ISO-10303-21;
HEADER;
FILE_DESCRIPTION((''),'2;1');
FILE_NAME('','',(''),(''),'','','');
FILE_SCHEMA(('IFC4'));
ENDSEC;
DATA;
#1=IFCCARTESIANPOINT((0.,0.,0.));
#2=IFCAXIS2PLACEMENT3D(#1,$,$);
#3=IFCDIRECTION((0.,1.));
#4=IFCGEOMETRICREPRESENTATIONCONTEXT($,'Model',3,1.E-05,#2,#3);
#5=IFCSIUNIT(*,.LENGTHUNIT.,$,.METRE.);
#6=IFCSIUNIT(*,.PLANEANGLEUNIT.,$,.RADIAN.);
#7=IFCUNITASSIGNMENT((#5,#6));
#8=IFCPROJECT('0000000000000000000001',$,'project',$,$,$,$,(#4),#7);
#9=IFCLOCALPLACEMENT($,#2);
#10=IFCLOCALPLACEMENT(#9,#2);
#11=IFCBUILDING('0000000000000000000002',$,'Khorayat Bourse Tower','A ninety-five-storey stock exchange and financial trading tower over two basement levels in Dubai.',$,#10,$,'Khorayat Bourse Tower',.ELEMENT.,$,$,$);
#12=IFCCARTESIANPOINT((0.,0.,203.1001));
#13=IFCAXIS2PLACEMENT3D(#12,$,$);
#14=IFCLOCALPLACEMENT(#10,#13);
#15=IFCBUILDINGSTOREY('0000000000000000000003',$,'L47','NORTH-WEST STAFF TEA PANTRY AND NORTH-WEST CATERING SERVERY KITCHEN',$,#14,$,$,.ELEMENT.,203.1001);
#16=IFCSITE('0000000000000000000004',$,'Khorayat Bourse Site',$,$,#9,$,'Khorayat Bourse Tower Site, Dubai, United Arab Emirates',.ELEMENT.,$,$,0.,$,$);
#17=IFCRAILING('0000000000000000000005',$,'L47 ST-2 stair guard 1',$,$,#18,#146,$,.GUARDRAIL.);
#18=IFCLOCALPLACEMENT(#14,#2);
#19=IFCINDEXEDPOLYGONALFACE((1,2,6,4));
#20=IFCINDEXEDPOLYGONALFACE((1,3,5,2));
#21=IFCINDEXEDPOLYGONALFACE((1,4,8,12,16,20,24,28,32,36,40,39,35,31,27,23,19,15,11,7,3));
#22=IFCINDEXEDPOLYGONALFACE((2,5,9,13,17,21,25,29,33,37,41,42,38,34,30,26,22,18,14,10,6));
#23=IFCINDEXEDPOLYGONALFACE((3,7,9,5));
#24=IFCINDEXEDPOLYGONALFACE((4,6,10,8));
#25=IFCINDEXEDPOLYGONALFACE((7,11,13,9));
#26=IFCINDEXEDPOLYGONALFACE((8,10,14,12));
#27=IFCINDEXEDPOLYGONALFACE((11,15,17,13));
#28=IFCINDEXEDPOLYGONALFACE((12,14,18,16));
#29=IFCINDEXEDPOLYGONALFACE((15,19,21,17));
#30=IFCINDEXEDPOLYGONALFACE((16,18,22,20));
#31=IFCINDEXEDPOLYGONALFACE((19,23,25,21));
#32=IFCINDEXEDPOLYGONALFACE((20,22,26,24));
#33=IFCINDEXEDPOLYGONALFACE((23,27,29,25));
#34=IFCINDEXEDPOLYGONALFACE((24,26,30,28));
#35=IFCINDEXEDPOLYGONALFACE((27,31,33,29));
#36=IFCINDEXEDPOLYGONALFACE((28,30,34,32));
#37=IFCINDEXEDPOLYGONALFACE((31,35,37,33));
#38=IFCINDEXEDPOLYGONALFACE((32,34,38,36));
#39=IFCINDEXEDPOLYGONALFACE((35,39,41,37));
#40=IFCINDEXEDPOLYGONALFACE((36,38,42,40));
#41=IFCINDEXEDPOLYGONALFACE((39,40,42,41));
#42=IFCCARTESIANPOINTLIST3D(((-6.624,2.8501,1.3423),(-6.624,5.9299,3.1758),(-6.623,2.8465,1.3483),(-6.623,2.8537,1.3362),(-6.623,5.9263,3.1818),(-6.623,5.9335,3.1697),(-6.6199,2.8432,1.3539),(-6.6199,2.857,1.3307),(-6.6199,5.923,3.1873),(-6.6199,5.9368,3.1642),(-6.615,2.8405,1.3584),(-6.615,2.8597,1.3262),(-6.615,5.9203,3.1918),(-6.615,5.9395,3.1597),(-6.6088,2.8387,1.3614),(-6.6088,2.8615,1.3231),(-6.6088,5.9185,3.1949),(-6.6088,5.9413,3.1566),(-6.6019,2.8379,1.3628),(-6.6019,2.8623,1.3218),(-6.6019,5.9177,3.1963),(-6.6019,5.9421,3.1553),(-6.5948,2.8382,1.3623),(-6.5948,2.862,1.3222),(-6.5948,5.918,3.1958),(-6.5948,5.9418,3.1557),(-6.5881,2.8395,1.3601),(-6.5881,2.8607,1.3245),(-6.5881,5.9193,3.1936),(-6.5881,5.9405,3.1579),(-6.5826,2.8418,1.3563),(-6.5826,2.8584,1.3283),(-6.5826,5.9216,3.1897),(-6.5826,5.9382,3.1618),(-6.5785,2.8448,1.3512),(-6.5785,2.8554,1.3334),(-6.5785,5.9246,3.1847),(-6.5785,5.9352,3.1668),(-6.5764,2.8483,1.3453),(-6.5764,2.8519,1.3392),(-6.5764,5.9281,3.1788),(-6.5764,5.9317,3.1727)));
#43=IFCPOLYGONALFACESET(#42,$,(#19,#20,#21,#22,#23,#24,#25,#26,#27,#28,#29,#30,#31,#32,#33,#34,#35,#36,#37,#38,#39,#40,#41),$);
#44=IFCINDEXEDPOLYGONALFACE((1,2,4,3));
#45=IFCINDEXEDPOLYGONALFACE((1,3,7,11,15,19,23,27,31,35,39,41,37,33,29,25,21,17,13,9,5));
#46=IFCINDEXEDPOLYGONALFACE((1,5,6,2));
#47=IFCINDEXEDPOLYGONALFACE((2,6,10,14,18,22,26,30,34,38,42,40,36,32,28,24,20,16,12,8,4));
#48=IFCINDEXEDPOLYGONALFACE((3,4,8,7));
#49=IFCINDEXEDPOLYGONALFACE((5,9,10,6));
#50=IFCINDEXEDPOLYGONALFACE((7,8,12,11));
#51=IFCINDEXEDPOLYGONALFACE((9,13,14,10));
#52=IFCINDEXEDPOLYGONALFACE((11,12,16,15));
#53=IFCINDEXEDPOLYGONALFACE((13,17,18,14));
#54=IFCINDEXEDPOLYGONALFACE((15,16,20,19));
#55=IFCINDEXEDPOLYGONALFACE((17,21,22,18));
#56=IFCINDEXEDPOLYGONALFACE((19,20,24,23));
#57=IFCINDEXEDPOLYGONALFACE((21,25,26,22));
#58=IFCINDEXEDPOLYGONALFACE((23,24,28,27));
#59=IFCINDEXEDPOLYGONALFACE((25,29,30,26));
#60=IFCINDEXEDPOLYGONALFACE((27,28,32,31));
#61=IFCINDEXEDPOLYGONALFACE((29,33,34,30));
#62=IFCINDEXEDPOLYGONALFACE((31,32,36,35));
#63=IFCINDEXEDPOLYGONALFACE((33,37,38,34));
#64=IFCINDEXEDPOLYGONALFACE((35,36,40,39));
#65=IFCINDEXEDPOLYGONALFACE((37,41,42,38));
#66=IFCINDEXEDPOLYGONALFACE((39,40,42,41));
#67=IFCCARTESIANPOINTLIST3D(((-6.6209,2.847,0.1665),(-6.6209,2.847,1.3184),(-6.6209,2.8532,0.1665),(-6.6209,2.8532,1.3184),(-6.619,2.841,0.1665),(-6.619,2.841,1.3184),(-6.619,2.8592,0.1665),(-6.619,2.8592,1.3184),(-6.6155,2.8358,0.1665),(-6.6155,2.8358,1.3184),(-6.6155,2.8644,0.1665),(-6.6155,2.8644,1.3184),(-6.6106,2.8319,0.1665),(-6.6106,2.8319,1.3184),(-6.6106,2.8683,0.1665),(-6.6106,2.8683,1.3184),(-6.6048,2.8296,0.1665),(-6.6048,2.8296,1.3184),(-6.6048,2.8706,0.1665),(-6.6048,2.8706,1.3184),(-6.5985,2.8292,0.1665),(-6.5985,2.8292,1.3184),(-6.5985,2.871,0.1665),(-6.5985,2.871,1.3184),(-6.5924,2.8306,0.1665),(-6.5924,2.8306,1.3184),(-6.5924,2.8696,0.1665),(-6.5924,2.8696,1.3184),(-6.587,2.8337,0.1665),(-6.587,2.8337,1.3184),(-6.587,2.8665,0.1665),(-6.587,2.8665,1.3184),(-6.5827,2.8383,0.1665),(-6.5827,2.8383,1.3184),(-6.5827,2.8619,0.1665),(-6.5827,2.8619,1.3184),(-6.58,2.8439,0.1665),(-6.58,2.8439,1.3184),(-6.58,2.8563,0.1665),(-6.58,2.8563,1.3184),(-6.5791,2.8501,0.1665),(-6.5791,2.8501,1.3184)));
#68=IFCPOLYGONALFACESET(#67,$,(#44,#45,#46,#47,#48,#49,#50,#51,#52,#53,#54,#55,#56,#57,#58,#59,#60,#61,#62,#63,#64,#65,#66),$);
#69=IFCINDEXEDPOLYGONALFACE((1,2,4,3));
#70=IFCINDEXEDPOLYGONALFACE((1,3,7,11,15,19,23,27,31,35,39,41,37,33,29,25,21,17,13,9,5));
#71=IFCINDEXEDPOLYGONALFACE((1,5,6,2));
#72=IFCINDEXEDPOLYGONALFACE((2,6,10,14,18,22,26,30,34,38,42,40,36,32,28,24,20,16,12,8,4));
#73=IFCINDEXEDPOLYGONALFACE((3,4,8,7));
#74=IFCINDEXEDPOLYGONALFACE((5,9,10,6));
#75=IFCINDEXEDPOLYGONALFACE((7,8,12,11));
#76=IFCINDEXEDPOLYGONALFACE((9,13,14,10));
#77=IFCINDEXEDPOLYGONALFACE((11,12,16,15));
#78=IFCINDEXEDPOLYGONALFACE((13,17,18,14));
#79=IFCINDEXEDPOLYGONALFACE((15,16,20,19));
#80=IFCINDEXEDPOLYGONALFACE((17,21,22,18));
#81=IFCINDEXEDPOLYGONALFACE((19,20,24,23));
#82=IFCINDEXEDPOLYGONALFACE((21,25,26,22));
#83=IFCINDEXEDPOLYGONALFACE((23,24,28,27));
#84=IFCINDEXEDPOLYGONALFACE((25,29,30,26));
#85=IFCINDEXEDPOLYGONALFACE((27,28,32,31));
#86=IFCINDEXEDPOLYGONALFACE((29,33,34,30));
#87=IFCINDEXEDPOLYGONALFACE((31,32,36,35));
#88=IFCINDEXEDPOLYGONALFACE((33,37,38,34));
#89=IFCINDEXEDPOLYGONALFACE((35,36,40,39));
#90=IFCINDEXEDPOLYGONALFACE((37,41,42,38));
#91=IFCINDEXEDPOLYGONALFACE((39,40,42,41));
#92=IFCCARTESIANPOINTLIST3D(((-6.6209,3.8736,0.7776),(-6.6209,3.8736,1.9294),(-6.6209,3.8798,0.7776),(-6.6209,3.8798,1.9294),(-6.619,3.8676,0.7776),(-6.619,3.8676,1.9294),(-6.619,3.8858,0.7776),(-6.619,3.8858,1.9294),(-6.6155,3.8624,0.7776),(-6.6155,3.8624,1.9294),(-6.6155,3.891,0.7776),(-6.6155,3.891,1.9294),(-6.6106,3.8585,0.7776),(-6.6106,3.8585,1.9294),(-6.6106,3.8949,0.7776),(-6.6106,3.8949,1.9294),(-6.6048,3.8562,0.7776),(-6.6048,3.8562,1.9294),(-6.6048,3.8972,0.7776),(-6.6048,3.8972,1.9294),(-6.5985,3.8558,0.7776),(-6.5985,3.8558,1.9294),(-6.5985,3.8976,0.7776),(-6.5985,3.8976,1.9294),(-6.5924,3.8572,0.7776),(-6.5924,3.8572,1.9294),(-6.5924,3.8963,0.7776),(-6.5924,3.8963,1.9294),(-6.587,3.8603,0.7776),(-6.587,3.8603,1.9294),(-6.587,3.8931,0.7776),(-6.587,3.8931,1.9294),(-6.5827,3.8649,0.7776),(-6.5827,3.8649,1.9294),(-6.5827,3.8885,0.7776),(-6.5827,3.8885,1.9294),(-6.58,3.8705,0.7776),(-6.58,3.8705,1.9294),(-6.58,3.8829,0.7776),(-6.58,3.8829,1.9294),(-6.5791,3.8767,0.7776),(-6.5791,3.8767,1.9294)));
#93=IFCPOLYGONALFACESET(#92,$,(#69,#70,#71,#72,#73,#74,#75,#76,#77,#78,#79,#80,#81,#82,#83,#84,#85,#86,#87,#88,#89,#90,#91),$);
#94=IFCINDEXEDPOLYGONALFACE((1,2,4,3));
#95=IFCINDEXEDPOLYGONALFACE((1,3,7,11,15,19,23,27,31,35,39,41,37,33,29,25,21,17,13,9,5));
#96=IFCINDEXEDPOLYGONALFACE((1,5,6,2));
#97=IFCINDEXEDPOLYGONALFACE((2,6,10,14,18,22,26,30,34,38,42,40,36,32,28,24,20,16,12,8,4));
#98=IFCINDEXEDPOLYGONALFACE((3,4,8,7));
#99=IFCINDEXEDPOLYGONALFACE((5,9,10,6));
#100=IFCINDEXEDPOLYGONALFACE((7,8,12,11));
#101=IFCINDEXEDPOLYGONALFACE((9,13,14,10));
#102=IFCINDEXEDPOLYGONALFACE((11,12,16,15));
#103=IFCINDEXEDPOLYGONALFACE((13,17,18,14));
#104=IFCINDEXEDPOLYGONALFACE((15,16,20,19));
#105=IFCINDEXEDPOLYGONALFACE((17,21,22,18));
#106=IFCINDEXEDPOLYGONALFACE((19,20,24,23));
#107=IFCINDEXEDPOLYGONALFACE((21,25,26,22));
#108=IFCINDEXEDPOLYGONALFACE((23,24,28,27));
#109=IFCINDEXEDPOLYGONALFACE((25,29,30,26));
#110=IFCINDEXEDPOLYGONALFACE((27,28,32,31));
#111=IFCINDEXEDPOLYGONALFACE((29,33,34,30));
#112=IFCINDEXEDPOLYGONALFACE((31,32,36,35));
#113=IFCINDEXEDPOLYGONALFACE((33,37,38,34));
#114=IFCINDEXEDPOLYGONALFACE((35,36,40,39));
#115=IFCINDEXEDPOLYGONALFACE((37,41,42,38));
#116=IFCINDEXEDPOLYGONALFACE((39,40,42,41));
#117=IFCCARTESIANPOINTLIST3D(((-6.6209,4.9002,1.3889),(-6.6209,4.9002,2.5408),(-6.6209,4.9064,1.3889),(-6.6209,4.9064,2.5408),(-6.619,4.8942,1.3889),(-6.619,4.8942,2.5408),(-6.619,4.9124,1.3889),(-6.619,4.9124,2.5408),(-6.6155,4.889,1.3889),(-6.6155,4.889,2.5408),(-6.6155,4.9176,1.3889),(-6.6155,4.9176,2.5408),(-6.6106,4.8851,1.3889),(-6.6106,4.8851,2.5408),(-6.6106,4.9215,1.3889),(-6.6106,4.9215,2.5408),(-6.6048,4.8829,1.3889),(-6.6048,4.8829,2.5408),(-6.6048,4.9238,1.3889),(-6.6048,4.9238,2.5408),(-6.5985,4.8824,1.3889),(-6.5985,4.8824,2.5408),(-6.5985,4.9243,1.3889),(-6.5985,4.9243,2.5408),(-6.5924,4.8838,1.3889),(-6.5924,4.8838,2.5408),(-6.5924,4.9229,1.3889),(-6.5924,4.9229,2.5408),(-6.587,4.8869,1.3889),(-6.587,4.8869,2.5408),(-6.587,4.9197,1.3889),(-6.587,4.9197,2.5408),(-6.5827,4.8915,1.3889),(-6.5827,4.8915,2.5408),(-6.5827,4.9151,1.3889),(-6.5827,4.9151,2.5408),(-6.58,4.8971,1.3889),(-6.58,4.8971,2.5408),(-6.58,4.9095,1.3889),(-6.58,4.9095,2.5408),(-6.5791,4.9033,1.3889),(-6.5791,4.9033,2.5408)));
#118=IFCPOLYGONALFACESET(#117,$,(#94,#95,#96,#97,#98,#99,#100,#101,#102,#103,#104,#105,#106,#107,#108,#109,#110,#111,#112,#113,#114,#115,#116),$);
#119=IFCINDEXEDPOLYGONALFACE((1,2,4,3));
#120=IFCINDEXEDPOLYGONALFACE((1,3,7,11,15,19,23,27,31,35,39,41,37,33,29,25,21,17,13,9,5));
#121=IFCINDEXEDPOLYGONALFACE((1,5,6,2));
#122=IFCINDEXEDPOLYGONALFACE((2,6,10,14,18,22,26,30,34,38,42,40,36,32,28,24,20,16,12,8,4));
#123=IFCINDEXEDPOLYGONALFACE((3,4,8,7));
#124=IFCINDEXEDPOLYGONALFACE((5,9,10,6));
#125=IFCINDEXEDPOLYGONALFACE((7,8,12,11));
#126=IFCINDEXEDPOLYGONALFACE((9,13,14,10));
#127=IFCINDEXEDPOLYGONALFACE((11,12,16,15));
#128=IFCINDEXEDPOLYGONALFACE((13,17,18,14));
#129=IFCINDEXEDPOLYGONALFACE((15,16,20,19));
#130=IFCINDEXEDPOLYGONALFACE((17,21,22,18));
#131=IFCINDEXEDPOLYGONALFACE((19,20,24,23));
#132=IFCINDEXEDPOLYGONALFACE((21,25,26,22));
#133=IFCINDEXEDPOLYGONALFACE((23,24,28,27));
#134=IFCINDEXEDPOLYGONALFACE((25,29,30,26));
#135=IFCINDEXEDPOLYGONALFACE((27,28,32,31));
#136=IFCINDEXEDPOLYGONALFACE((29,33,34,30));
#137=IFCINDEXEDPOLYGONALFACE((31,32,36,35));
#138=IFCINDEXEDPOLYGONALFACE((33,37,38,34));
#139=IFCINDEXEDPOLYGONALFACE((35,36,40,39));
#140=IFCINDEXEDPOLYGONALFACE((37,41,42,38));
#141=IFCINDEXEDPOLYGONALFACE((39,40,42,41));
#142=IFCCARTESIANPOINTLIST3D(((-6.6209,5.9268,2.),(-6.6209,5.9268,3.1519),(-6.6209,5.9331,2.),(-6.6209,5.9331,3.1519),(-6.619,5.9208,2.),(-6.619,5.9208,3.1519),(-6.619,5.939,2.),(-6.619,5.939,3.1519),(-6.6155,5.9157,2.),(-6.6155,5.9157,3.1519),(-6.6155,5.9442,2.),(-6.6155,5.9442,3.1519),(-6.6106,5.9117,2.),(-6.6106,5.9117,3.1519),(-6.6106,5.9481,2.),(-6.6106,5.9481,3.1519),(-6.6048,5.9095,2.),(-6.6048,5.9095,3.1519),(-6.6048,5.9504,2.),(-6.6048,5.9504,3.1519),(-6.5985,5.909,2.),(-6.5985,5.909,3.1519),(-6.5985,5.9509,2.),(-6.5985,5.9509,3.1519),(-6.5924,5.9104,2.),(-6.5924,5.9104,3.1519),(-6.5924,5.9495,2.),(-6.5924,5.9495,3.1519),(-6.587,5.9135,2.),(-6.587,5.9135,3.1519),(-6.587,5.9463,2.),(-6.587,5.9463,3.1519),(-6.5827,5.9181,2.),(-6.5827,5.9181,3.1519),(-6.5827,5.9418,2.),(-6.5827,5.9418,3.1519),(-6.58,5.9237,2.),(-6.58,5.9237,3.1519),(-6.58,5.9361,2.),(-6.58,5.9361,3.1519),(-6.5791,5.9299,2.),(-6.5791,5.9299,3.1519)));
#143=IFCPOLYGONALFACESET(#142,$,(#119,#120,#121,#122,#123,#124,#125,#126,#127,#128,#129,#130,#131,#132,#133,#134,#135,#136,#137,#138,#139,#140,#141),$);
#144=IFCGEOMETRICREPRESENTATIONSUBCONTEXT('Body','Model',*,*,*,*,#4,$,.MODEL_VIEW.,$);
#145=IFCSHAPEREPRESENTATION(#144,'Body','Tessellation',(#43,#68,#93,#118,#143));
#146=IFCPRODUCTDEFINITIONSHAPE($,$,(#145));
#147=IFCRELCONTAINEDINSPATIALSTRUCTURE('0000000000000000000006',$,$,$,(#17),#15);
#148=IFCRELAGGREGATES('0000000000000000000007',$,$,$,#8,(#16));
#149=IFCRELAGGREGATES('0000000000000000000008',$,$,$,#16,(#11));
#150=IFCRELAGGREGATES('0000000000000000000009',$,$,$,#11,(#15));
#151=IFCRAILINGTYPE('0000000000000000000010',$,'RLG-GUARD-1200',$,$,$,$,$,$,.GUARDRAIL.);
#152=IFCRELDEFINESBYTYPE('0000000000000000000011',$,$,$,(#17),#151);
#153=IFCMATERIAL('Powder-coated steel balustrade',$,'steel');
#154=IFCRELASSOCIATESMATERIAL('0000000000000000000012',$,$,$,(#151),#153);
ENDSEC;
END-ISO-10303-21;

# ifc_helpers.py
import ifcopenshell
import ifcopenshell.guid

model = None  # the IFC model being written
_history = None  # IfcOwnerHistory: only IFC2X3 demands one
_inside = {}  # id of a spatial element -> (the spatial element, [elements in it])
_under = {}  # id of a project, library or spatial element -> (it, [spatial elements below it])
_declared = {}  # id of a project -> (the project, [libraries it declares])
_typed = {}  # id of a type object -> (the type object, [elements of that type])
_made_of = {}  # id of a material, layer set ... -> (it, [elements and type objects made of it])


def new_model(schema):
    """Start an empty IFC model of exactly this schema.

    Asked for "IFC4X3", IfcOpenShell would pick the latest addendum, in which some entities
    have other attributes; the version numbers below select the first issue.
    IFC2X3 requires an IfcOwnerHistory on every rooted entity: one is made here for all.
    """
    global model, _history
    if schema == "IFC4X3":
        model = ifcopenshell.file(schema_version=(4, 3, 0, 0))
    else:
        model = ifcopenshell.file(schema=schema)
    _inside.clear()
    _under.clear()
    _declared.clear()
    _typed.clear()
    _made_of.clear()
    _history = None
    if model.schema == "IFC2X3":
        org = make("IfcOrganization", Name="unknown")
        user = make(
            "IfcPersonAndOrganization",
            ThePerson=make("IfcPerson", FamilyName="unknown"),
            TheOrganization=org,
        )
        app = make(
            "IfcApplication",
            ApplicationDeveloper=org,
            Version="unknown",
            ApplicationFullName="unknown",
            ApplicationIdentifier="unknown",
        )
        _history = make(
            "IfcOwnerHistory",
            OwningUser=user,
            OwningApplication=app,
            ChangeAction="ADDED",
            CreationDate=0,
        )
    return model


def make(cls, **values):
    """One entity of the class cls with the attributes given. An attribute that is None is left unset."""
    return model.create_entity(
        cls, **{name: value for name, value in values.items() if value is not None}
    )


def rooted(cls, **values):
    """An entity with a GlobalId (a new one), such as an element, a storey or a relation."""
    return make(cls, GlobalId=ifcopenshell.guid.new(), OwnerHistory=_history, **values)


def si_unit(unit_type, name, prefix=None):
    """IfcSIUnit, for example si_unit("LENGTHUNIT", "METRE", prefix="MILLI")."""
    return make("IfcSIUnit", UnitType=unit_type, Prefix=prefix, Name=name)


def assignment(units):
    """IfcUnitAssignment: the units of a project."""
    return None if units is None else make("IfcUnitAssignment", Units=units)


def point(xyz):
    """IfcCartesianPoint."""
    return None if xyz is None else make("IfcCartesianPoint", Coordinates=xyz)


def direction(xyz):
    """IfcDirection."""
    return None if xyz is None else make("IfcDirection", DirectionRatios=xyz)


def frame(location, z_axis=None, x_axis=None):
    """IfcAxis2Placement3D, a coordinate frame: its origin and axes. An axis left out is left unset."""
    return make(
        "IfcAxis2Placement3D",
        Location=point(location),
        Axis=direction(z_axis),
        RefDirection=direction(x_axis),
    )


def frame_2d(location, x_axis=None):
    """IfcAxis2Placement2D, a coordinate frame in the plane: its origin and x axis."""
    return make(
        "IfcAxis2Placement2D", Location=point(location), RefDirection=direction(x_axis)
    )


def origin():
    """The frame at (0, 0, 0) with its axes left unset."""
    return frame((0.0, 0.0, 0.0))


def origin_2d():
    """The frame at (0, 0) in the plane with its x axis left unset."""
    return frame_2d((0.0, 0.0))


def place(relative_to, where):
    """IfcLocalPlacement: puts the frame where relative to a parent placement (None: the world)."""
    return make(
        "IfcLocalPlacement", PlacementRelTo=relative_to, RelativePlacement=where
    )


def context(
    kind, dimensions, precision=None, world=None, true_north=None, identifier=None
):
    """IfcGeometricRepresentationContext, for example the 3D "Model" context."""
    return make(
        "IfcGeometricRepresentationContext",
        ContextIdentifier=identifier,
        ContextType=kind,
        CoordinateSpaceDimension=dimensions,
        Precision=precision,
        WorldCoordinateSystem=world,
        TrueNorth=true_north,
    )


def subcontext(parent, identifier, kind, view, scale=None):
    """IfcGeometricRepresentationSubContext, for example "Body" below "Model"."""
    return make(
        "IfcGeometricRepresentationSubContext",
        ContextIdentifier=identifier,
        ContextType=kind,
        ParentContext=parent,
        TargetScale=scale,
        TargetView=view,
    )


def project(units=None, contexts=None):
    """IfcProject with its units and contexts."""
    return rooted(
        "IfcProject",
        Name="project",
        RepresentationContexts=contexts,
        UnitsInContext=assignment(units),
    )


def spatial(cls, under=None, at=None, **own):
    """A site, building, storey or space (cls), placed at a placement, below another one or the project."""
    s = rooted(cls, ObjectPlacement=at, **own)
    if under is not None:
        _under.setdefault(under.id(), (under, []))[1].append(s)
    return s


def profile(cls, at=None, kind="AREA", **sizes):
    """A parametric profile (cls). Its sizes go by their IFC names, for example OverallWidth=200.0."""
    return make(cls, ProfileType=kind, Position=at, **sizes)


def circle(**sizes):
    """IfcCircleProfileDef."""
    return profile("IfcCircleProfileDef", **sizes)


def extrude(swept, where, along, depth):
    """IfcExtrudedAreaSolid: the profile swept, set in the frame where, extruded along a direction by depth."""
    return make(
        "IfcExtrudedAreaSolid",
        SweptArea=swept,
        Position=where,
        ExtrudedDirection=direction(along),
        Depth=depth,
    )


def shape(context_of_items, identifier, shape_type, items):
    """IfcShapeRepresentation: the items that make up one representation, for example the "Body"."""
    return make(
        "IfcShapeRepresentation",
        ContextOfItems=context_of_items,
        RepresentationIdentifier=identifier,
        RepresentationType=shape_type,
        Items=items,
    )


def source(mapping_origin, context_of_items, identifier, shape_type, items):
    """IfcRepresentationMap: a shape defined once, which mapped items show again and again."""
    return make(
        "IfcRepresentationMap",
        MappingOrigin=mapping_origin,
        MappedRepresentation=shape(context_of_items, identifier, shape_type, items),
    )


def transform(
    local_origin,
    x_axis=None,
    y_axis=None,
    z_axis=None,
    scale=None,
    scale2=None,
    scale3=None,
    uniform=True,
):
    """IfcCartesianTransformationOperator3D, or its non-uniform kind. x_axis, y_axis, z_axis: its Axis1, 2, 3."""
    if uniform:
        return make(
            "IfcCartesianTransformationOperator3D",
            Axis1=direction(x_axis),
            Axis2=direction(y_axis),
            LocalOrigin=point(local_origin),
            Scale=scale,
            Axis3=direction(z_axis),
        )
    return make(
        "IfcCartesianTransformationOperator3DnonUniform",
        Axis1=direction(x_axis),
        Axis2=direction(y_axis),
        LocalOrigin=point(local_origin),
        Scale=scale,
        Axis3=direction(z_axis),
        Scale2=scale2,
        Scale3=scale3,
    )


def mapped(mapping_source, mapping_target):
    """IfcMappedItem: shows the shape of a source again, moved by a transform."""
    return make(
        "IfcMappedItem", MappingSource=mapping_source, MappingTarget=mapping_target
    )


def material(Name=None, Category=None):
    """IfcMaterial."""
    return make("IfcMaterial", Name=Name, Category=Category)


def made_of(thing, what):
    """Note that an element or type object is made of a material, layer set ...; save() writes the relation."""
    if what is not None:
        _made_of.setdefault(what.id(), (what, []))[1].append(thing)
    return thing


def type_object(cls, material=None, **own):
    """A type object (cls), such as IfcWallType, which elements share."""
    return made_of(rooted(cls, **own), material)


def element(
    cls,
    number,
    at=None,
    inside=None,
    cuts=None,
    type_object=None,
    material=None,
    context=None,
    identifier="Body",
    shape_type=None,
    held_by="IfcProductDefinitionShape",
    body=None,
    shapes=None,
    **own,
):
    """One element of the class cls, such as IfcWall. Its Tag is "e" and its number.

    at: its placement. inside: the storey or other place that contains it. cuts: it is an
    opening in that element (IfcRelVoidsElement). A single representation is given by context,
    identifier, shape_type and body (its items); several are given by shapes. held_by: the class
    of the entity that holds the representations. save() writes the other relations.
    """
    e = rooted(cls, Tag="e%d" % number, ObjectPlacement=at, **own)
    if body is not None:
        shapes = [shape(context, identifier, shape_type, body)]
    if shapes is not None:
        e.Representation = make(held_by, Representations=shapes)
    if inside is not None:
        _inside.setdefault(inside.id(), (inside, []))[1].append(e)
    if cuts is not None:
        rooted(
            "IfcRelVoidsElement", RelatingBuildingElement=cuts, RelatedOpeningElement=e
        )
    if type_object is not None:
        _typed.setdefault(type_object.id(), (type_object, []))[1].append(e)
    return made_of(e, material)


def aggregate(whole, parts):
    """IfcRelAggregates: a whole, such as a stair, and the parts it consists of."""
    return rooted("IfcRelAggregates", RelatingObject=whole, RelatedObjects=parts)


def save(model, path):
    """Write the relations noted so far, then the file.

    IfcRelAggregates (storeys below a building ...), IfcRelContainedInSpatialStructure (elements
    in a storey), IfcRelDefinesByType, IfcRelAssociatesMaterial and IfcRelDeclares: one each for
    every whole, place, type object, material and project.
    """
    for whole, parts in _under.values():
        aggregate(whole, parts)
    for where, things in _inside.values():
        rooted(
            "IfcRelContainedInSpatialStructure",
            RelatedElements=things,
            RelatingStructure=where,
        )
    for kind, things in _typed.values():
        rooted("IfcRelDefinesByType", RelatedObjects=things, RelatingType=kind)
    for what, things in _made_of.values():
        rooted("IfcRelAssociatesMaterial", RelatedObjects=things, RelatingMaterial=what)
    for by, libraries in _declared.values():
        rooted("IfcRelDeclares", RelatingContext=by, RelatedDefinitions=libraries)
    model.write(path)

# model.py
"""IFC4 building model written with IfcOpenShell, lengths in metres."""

from ifc_helpers import new_model, si_unit, direction, frame, origin, origin_2d, place, context, subcontext, project, spatial, circle, extrude, source, transform, mapped, material, type_object, element, save


model = new_model("IFC4")

# Units and contexts
model_context = context("Model", 3, precision=1e-05, world=origin(), true_north=direction((0.0, 1.0)))
body_context = subcontext(model_context, "Body", "Model", "MODEL_VIEW")
ifc_project = project(units=[si_unit("LENGTHUNIT", "METRE"), si_unit("PLANEANGLEUNIT", "RADIAN")], contexts=[model_context])

# Site, building, storey
site_placement = place(None, origin())
site = spatial("IfcSite", under=ifc_project, at=site_placement, Name="Khorayat Bourse Site", LongName="Khorayat Bourse Tower Site, Dubai, United Arab Emirates", CompositionType="ELEMENT", RefElevation=0.0)
building_placement = place(site_placement, origin())
building = spatial("IfcBuilding", under=site, at=building_placement, Name="Khorayat Bourse Tower", Description="A ninety-five-storey stock exchange and financial trading tower over two basement levels in Dubai.", LongName="Khorayat Bourse Tower", CompositionType="ELEMENT")
storey_placement = place(building_placement, frame((0.0, 0.0, 203.1001)))
storey = spatial("IfcBuildingStorey", under=building, at=storey_placement, Name="L47", Description="NORTH-WEST STAFF TEA PANTRY AND NORTH-WEST CATERING SERVERY KITCHEN", CompositionType="ELEMENT", Elevation=203.1001)

# Railing
ifc_material_1 = material(Name="Powder-coated steel balustrade", Category="steel")
railing_type_1 = type_object("IfcRailingType", Name="RLG-GUARD-1200", PredefinedType="GUARDRAIL", material=ifc_material_1)
shared_shape_1 = source(origin(), body_context, "Body", "SweptSolid", [
    extrude(circle(Radius=0.0239, at=origin_2d()), frame((0.0, 0.0, 1.1758), z_axis=(0.0, 0.859261, 0.511538), x_axis=(-1.0, 0.0, 0.0)), (0.0, 0.0, 1.0), 3.5842),
    extrude(circle(Radius=0.021, at=origin_2d()), origin(), (0.0, 0.0, 1.0), 1.1519),
    extrude(circle(Radius=0.021, at=origin_2d()), frame((0.0, 1.0266, 0.6111)), (0.0, 0.0, 1.0), 1.1519),
    extrude(circle(Radius=0.021, at=origin_2d()), frame((0.0, 2.0532, 1.2224)), (0.0, 0.0, 1.0), 1.1519),
    extrude(circle(Radius=0.021, at=origin_2d()), frame((0.0, 3.0798, 1.8335)), (0.0, 0.0, 1.0), 1.1519),
])
railing_1_placement = place(storey_placement, frame((-6.6001, 2.8501, 0.1665)))
element("IfcRailing", 1, at=railing_1_placement, inside=storey, type_object=railing_type_1, Name="L47 ST-2 stair guard 1", PredefinedType="GUARDRAIL", context=body_context, shape_type="MappedRepresentation", body=[
    mapped(shared_shape_1, transform((0.0, 0.0, 0.0), scale=1.0)),
])

save(model, "model.ifc")
